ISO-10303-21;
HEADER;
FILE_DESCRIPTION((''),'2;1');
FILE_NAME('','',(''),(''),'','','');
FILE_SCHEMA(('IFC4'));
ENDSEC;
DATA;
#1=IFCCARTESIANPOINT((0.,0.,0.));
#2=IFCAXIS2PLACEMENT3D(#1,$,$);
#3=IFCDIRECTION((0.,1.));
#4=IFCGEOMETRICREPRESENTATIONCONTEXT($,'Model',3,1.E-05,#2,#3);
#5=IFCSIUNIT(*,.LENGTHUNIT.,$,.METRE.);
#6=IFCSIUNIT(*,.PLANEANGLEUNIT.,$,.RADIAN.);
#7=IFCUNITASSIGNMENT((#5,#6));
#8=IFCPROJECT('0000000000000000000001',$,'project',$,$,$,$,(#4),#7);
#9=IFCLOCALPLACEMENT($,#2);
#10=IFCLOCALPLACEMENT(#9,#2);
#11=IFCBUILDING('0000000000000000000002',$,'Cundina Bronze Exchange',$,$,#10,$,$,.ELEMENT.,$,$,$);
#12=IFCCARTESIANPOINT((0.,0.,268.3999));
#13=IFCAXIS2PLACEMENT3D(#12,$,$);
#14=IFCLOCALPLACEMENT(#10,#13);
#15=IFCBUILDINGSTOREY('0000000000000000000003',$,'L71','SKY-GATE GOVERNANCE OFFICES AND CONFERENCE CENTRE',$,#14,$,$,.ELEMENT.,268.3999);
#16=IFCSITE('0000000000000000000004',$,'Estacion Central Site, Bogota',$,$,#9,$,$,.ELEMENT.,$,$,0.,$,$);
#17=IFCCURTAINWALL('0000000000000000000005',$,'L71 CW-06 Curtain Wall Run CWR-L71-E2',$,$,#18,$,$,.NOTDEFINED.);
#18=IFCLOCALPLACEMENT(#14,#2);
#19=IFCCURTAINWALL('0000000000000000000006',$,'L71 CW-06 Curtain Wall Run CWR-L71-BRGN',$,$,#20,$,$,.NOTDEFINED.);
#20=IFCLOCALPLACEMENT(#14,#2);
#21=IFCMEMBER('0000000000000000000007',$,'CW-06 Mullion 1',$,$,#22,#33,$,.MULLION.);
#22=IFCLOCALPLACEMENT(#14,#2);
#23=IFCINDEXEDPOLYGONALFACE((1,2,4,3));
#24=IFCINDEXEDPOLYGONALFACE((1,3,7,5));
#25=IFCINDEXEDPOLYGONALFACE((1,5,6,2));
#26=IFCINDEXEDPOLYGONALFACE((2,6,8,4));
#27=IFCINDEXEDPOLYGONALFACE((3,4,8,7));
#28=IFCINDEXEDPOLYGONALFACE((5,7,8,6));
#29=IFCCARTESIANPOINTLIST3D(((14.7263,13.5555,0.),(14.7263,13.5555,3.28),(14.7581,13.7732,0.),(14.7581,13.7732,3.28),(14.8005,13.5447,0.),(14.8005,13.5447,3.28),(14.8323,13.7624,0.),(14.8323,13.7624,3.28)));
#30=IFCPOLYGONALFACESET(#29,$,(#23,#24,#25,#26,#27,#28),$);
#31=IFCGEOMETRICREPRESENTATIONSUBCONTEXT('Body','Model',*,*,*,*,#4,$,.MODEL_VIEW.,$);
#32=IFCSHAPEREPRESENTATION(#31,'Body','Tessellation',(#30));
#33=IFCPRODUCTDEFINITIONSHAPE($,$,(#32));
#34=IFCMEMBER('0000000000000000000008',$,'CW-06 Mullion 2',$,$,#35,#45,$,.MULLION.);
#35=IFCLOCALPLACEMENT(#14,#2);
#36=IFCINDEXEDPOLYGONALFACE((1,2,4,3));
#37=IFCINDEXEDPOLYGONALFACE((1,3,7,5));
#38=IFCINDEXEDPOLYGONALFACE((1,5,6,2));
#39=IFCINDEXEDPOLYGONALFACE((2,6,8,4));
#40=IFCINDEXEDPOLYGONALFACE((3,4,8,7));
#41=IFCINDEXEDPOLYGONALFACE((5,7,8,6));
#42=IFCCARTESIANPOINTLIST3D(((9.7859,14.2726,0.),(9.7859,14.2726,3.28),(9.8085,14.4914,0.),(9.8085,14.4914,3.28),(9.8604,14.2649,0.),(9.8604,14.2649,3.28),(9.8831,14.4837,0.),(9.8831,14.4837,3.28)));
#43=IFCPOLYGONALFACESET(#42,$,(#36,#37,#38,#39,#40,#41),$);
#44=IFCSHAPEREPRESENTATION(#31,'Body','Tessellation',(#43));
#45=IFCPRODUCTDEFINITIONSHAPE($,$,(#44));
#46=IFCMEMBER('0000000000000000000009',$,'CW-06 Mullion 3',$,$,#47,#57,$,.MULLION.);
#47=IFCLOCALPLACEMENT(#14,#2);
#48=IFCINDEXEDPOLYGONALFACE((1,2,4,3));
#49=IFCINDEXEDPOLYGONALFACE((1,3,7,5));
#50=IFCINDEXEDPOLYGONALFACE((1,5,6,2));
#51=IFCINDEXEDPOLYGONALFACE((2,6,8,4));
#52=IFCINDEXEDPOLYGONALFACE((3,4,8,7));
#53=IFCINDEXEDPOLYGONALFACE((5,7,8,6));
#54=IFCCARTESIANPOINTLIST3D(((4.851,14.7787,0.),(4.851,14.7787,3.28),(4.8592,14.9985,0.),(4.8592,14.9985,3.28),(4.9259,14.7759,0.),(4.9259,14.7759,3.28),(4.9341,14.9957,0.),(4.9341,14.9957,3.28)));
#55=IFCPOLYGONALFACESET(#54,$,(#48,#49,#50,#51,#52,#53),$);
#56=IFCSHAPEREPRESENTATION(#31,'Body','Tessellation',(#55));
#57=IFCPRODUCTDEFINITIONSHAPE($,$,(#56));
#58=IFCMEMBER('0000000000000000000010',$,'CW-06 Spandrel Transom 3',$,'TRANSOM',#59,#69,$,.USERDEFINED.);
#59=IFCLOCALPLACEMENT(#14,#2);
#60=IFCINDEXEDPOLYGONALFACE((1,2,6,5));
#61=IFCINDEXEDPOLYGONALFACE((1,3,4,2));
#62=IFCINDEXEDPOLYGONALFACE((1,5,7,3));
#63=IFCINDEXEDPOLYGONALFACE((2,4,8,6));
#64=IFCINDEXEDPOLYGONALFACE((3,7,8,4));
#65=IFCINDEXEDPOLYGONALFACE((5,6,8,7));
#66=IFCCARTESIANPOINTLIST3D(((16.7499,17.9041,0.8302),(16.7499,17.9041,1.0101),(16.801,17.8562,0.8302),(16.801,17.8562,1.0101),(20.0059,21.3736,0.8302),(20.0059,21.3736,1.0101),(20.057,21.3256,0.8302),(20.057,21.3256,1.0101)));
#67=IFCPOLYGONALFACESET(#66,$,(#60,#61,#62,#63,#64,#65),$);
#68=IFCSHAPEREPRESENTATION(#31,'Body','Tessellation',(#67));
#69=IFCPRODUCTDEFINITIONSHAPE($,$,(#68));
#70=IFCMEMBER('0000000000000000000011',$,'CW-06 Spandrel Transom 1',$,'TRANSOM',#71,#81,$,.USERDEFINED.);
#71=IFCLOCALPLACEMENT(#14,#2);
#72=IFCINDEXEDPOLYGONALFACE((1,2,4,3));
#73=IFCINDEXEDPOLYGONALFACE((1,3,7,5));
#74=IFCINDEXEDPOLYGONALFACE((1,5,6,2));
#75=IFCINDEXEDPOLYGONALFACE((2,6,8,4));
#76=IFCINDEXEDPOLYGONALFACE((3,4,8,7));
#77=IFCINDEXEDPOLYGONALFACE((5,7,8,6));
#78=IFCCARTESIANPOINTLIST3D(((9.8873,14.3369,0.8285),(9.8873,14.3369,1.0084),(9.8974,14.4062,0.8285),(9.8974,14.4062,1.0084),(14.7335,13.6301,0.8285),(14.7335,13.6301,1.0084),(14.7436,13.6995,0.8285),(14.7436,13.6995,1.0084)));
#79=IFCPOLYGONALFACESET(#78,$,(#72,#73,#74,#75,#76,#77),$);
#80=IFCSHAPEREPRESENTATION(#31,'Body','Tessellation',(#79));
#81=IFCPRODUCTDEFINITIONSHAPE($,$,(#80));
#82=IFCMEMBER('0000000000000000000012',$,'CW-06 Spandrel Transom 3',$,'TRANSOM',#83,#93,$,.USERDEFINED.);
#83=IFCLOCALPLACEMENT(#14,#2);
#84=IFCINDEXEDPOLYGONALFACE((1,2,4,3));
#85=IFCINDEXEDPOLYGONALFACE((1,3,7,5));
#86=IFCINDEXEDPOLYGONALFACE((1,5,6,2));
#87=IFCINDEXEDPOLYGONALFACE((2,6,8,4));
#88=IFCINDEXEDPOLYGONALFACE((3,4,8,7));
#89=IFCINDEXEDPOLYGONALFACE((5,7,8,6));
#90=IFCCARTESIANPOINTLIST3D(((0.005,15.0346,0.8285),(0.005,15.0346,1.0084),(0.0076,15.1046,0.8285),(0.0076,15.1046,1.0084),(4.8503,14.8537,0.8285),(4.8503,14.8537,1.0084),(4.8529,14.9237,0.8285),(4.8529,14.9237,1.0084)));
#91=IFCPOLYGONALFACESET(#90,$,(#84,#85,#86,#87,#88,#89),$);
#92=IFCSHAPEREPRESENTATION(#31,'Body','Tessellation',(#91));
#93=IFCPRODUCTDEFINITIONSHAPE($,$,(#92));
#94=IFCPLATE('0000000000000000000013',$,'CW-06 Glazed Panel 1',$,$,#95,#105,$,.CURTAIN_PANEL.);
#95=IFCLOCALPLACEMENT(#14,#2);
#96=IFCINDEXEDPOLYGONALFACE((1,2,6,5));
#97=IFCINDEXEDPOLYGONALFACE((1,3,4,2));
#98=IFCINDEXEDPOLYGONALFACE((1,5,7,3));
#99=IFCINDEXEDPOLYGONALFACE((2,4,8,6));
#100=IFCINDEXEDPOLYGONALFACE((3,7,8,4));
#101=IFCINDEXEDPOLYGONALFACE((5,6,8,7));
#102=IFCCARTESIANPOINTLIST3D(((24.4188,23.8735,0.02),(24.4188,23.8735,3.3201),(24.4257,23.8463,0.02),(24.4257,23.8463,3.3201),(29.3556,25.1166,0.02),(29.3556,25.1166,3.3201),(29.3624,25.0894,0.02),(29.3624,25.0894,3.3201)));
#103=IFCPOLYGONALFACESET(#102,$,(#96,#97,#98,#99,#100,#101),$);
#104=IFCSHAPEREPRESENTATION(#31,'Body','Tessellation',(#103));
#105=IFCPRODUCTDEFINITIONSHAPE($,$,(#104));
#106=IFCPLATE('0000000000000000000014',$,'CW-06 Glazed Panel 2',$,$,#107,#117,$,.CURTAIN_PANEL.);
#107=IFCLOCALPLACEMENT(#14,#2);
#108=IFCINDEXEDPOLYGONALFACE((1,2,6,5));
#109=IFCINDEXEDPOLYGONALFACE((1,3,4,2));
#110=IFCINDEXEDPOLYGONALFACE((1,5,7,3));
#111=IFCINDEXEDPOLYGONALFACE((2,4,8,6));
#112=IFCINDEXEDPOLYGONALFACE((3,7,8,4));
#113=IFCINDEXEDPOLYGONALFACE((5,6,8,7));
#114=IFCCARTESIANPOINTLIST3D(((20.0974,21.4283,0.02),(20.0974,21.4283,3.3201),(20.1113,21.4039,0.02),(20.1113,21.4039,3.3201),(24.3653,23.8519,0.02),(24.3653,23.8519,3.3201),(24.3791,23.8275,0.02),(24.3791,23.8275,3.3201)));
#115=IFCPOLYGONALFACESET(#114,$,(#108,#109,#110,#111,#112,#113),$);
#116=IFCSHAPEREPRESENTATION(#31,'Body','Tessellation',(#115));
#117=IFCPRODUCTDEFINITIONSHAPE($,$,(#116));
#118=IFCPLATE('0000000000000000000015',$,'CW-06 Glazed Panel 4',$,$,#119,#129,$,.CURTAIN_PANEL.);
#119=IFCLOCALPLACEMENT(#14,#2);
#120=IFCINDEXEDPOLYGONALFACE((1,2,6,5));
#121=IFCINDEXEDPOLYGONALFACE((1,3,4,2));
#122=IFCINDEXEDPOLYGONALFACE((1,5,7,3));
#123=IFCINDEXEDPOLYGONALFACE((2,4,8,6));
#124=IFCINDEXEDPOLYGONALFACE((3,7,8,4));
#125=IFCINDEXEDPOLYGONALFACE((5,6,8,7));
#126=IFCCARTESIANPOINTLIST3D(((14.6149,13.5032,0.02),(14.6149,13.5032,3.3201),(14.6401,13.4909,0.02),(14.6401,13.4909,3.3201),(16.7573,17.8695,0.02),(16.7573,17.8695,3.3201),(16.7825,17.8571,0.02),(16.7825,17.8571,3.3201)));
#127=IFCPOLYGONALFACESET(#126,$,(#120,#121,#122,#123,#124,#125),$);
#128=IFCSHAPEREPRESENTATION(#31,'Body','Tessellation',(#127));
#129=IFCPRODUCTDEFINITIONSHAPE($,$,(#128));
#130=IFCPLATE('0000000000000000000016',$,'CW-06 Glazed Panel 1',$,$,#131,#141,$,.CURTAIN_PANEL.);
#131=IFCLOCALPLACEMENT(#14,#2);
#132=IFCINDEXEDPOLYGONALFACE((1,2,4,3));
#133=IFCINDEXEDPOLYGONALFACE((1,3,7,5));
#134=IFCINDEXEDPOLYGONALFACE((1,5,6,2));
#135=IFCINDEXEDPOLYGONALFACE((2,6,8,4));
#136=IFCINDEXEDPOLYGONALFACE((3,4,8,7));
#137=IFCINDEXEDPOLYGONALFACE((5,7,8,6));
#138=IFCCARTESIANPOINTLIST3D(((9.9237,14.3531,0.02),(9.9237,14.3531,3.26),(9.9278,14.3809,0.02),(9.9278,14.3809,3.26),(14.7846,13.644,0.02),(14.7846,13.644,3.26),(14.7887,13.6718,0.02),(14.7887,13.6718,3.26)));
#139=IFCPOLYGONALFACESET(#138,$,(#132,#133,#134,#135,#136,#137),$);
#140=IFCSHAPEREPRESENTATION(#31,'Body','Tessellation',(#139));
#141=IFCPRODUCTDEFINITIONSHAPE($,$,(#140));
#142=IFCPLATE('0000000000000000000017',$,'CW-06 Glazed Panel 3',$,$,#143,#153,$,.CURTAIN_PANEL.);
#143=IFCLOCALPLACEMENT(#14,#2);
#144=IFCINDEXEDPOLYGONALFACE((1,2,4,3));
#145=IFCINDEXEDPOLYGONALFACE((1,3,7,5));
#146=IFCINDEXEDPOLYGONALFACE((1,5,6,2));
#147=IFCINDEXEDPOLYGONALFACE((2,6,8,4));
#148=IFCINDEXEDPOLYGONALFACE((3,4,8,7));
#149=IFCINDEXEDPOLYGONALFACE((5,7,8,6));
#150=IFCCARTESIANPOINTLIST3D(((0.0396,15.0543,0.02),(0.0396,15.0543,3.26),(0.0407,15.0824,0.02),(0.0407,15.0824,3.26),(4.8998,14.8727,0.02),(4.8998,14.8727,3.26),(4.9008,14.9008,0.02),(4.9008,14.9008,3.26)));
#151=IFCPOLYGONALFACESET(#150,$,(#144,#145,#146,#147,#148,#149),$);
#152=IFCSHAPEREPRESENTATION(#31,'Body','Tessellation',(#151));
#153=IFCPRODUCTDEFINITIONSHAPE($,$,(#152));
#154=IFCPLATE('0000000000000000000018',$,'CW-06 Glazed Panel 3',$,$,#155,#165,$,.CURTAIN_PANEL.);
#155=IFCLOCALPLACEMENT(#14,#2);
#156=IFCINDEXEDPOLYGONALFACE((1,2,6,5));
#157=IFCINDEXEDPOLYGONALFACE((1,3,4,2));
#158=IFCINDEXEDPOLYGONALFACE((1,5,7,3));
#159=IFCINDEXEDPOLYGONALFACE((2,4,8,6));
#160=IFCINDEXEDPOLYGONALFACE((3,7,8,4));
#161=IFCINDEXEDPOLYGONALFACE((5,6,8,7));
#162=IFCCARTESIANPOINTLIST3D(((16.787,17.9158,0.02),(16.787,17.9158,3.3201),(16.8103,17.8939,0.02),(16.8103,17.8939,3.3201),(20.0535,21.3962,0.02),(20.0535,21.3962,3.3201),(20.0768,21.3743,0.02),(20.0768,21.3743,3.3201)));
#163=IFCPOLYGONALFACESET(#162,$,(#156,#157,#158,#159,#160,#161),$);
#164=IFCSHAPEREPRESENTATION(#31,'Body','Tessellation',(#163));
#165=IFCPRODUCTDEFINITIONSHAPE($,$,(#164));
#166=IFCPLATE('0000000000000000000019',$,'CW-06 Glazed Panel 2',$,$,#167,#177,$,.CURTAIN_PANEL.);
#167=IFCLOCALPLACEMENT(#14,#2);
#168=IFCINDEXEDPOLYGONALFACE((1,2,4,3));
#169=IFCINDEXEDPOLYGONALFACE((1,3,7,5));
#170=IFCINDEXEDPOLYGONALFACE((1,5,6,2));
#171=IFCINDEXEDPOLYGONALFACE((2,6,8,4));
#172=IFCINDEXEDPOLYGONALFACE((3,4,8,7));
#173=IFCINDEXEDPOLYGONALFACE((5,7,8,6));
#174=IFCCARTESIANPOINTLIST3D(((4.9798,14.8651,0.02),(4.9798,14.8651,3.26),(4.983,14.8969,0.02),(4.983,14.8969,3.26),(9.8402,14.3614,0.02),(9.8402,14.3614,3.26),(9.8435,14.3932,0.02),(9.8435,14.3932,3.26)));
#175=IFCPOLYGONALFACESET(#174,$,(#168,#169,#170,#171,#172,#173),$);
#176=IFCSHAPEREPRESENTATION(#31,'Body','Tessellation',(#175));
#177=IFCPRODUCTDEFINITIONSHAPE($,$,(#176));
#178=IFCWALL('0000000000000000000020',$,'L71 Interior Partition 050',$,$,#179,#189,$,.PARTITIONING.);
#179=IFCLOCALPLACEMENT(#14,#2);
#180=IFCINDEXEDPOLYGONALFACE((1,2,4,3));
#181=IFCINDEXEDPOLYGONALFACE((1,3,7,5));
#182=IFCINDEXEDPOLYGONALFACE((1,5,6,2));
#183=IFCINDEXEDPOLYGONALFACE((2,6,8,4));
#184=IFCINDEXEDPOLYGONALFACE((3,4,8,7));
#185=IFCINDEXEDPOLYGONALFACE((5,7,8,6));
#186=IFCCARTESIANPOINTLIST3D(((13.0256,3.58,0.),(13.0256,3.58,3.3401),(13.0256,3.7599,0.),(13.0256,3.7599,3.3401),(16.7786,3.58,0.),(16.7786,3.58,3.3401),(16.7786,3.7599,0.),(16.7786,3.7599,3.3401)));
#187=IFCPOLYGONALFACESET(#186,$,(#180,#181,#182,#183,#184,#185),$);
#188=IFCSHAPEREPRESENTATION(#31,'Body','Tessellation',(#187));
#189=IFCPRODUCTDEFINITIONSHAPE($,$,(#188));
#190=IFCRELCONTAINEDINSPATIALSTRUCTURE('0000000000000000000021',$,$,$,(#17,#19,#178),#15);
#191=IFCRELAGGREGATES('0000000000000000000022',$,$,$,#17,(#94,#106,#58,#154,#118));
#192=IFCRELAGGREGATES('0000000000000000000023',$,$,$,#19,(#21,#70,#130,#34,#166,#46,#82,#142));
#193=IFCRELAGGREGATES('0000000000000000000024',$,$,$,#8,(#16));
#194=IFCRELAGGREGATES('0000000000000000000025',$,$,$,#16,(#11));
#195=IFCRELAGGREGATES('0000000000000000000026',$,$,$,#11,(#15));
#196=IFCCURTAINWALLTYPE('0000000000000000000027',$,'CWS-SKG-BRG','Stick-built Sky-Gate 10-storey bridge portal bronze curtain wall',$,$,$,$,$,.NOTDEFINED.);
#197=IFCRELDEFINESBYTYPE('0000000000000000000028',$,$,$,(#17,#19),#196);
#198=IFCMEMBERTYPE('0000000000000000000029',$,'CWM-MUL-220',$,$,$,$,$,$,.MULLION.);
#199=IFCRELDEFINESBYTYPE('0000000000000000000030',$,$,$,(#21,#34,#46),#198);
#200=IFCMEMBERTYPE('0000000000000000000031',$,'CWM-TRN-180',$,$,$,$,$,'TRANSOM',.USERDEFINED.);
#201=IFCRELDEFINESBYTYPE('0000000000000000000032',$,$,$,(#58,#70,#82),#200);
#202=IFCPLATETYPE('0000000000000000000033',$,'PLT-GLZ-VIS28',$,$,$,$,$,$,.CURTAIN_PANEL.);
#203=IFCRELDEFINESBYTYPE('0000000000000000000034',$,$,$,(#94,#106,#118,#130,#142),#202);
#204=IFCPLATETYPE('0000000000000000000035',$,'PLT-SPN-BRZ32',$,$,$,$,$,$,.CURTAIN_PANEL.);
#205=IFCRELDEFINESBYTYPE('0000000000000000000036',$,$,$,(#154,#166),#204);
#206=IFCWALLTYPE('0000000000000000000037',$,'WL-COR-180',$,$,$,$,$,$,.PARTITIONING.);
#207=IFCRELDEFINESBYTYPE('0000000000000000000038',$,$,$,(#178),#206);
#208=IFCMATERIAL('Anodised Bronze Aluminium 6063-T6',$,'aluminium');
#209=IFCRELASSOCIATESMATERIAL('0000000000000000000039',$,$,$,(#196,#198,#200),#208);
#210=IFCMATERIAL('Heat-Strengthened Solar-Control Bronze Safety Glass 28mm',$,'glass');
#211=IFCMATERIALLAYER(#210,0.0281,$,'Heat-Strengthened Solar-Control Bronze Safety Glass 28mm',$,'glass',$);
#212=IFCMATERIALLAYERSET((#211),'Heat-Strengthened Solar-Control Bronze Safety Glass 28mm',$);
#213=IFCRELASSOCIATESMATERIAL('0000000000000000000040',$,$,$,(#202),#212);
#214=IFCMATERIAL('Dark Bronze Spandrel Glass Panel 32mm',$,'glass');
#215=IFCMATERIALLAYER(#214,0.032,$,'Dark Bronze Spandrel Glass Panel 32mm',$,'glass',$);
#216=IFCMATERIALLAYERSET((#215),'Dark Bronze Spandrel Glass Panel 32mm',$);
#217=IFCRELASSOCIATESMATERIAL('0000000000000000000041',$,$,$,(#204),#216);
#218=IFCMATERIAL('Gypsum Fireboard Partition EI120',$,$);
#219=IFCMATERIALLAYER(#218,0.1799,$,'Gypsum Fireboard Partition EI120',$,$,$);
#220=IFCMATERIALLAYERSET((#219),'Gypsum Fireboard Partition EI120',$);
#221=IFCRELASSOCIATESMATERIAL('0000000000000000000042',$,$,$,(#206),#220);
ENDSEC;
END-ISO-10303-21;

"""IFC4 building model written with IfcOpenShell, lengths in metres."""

from ifc_helpers import new_model, si_unit, direction, frame, frame_2d, origin, origin_2d, place, context, subcontext, project, spatial, rectangle, extrude, material, layer, layer_set, material_profile, profile_set, type_object, element, aggregate, save


model = new_model("IFC4")

# Units and contexts
model_context = context("Model", 3, precision=1e-05, world=origin(), true_north=direction((0.0, 1.0)))
body_context = subcontext(model_context, "Body", "Model", "MODEL_VIEW")
ifc_project = project(units=[si_unit("LENGTHUNIT", "METRE"), si_unit("PLANEANGLEUNIT", "RADIAN")], contexts=[model_context])

# Site, building, storey
site_placement = place(None, origin())
site = spatial("IfcSite", under=ifc_project, at=site_placement, Name="Estacion Central Site, Bogota", CompositionType="ELEMENT", RefElevation=0.0)
building_placement = place(site_placement, origin())
building = spatial("IfcBuilding", under=site, at=building_placement, Name="Cundina Bronze Exchange", CompositionType="ELEMENT")
storey_placement = place(building_placement, frame((0.0, 0.0, 268.3999)))
storey = spatial("IfcBuildingStorey", under=building, at=storey_placement, Name="L71", Description="SKY-GATE GOVERNANCE OFFICES AND CONFERENCE CENTRE", CompositionType="ELEMENT", Elevation=268.3999)

# Curtain walls, members
ifc_material_1 = material(Name="Anodised Bronze Aluminium 6063-T6", Category="aluminium")
curtain_wall_type = type_object("IfcCurtainWallType", Name="CWS-SKG-BRG", Description="Stick-built Sky-Gate 10-storey bridge portal bronze curtain wall", PredefinedType="NOTDEFINED", material=ifc_material_1)
curtain_wall_1_placement = place(storey_placement, origin())
curtain_wall_1 = element("IfcCurtainWall", 1, at=curtain_wall_1_placement, inside=storey, type_object=curtain_wall_type, Name="L71 CW-06 Curtain Wall Run CWR-L71-E2", PredefinedType="NOTDEFINED")
ifc_material_profile_1 = material_profile(ifc_material_1, rectangle(XDim=0.075, YDim=0.22, at=origin_2d()), Name="AL75X220", Category="aluminium")
ifc_profile_set_1 = profile_set([ifc_material_profile_1], Name="Anodised Bronze Aluminium 6063-T6")
member_type_1 = type_object("IfcMemberType", Name="CWM-MUL-220", PredefinedType="MULLION", material=ifc_profile_set_1)
curtain_wall_2_placement = place(storey_placement, origin())
curtain_wall_2 = element("IfcCurtainWall", 2, at=curtain_wall_2_placement, inside=storey, type_object=curtain_wall_type, Name="L71 CW-06 Curtain Wall Run CWR-L71-BRGN", PredefinedType="NOTDEFINED")
member_1_placement = place(storey_placement, frame((14.7793, 13.6589, 0.0), z_axis=(0.0, 0.0, 1.0), x_axis=(-0.989526, 0.144356, 0.0)))
member_1 = element("IfcMember", 3, at=member_1_placement, type_object=member_type_1, Name="CW-06 Mullion 1", PredefinedType="MULLION", context=body_context, shape_type="SweptSolid", body=[
    extrude(rectangle(XDim=0.075, YDim=0.22, at=origin_2d()), origin(), (0.0, 0.0, 1.0), 3.28),
])
member_2_placement = place(storey_placement, frame((9.8345, 14.3782, 0.0), z_axis=(0.0, 0.0, 1.0), x_axis=(-0.994667, 0.10314, 0.0)))
member_2 = element("IfcMember", 4, at=member_2_placement, type_object=member_type_1, Name="CW-06 Mullion 2", PredefinedType="MULLION", context=body_context, shape_type="SweptSolid", body=[
    extrude(rectangle(XDim=0.075, YDim=0.22, at=origin_2d()), origin(), (0.0, 0.0, 1.0), 3.28),
])
member_3_placement = place(storey_placement, frame((4.8926, 14.8872, 0.0), z_axis=(0.0, 0.0, 1.0), x_axis=(-0.999303, 0.037341, 0.0)))
member_3 = element("IfcMember", 5, at=member_3_placement, type_object=member_type_1, Name="CW-06 Mullion 3", PredefinedType="MULLION", context=body_context, shape_type="SweptSolid", body=[
    extrude(rectangle(XDim=0.075, YDim=0.22, at=origin_2d()), origin(), (0.0, 0.0, 1.0), 3.28),
])

# Members
ifc_material_profile_2 = material_profile(ifc_material_1, rectangle(XDim=0.0701, YDim=0.1799, at=origin_2d()), Name="AL70X180", Category="aluminium")
ifc_profile_set_2 = profile_set([ifc_material_profile_2], Name="Anodised Bronze Aluminium 6063-T6")
member_type_2 = type_object("IfcMemberType", Name="CWM-TRN-180", ElementType="TRANSOM", PredefinedType="USERDEFINED", material=ifc_profile_set_2)
member_4_placement = place(storey_placement, frame((20.0315, 21.3496, 0.9202), z_axis=(-0.684328, -0.729174, 0.0), x_axis=(0.729174, -0.684328, 0.0)))
member_4 = element("IfcMember", 6, at=member_4_placement, type_object=member_type_2, Name="CW-06 Spandrel Transom 3", ObjectType="TRANSOM", PredefinedType="USERDEFINED", context=body_context, shape_type="SweptSolid", body=[
    extrude(rectangle(XDim=0.0701, YDim=0.1799, at=origin_2d()), origin(), (0.0, 0.0, 1.0), 4.7581),
])
member_5_placement = place(storey_placement, frame((14.7385, 13.6648, 0.9185), z_axis=(-0.989531, 0.144317, 0.0), x_axis=(-0.144317, -0.989531, 0.0)))
member_5 = element("IfcMember", 7, at=member_5_placement, type_object=member_type_2, Name="CW-06 Spandrel Transom 1", ObjectType="TRANSOM", PredefinedType="USERDEFINED", context=body_context, shape_type="SweptSolid", body=[
    extrude(rectangle(XDim=0.0701, YDim=0.1799, at=origin_2d()), origin(), (0.0, 0.0, 1.0), 4.8975),
])
member_6_placement = place(storey_placement, frame((4.8516, 14.8887, 0.9185), z_axis=(-0.999304, 0.037312, 0.0), x_axis=(-0.037312, -0.999304, 0.0)))
member_6 = element("IfcMember", 8, at=member_6_placement, type_object=member_type_2, Name="CW-06 Spandrel Transom 3", ObjectType="TRANSOM", PredefinedType="USERDEFINED", context=body_context, shape_type="SweptSolid", body=[
    extrude(rectangle(XDim=0.0701, YDim=0.1799, at=origin_2d()), origin(), (0.0, 0.0, 1.0), 4.8486),
])

# Plates
ifc_material_2 = material(Name="Heat-Strengthened Solar-Control Bronze Safety Glass 28mm", Category="glass")
ifc_layer_1 = layer(ifc_material_2, 0.0281, Name="Heat-Strengthened Solar-Control Bronze Safety Glass 28mm", Category="glass")
ifc_layer_set_1 = layer_set([ifc_layer_1], Name="Heat-Strengthened Solar-Control Bronze Safety Glass 28mm")
plate_type_1 = type_object("IfcPlateType", Name="PLT-GLZ-VIS28", PredefinedType="CURTAIN_PANEL", material=ifc_layer_set_1)
plate_1_placement = place(storey_placement, frame((26.8906, 24.4814, 0.02), z_axis=(0.0, 0.0, 1.0), x_axis=(-0.969732, -0.244174, 0.0)))
plate_1 = element("IfcPlate", 9, at=plate_1_placement, type_object=plate_type_1, Name="CW-06 Glazed Panel 1", PredefinedType="CURTAIN_PANEL", context=body_context, shape_type="SweptSolid", body=[
    extrude(rectangle(XDim=5.0908, YDim=0.0281, at=origin_2d()), origin(), (0.0, 0.0, 1.0), 3.3),
])
plate_2_placement = place(storey_placement, frame((22.2383, 22.6279, 0.02), z_axis=(0.0, 0.0, 1.0), x_axis=(-0.869573, -0.493805, 0.0)))
plate_2 = element("IfcPlate", 10, at=plate_2_placement, type_object=plate_type_1, Name="CW-06 Glazed Panel 2", PredefinedType="CURTAIN_PANEL", context=body_context, shape_type="SweptSolid", body=[
    extrude(rectangle(XDim=4.908, YDim=0.0281, at=origin_2d()), origin(), (0.0, 0.0, 1.0), 3.3),
])
plate_3_placement = place(storey_placement, frame((15.6987, 15.6802, 0.02), z_axis=(0.0, 0.0, 1.0), x_axis=(-0.440503, -0.897751, 0.0)))
plate_3 = element("IfcPlate", 11, at=plate_3_placement, type_object=plate_type_1, Name="CW-06 Glazed Panel 4", PredefinedType="CURTAIN_PANEL", context=body_context, shape_type="SweptSolid", body=[
    extrude(rectangle(XDim=4.8635, YDim=0.0281, at=origin_2d()), origin(), (0.0, 0.0, 1.0), 3.3),
])
plate_4_placement = place(storey_placement, frame((12.3562, 14.0125, 0.02), z_axis=(0.0, 0.0, 1.0), x_axis=(-0.989528, 0.144339, 0.0)))
plate_4 = element("IfcPlate", 12, at=plate_4_placement, type_object=plate_type_1, Name="CW-06 Glazed Panel 1", PredefinedType="CURTAIN_PANEL", context=body_context, shape_type="SweptSolid", body=[
    extrude(rectangle(XDim=4.9124, YDim=0.0281, at=origin_2d()), origin(), (0.0, 0.0, 1.0), 3.24),
])
plate_5_placement = place(storey_placement, frame((2.4702, 14.9775, 0.02), z_axis=(0.0, 0.0, 1.0), x_axis=(-0.999303, 0.037341, 0.0)))
plate_5 = element("IfcPlate", 13, at=plate_5_placement, type_object=plate_type_1, Name="CW-06 Glazed Panel 3", PredefinedType="CURTAIN_PANEL", context=body_context, shape_type="SweptSolid", body=[
    extrude(rectangle(XDim=4.8635, YDim=0.0281, at=origin_2d()), origin(), (0.0, 0.0, 1.0), 3.24),
])
ifc_material_3 = material(Name="Dark Bronze Spandrel Glass Panel 32mm", Category="glass")
ifc_layer_2 = layer(ifc_material_3, 0.032, Name="Dark Bronze Spandrel Glass Panel 32mm", Category="glass")
ifc_layer_set_2 = layer_set([ifc_layer_2], Name="Dark Bronze Spandrel Glass Panel 32mm")
plate_type_2 = type_object("IfcPlateType", Name="PLT-SPN-BRZ32", PredefinedType="CURTAIN_PANEL", material=ifc_layer_set_2)
plate_6_placement = place(storey_placement, frame((18.4319, 19.645, 0.02), z_axis=(0.0, 0.0, 1.0), x_axis=(-0.684344, -0.72916, 0.0)))
plate_6 = element("IfcPlate", 14, at=plate_6_placement, type_object=plate_type_2, Name="CW-06 Glazed Panel 3", PredefinedType="CURTAIN_PANEL", context=body_context, shape_type="SweptSolid", body=[
    extrude(rectangle(XDim=4.7732, YDim=0.032, at=origin_2d()), origin(), (0.0, 0.0, 1.0), 3.3),
])
aggregate(curtain_wall_1, [plate_1, plate_2, member_4, plate_6, plate_3])
plate_7_placement = place(storey_placement, frame((7.4116, 14.6292, 0.02), z_axis=(0.0, 0.0, 1.0), x_axis=(-0.994672, 0.103088, 0.0)))
plate_7 = element("IfcPlate", 15, at=plate_7_placement, type_object=plate_type_2, Name="CW-06 Glazed Panel 2", PredefinedType="CURTAIN_PANEL", context=body_context, shape_type="SweptSolid", body=[
    extrude(rectangle(XDim=4.8865, YDim=0.032, at=origin_2d()), origin(), (0.0, 0.0, 1.0), 3.24),
])
aggregate(curtain_wall_2, [member_1, member_5, plate_4, member_2, plate_7, member_3, member_6, plate_5])

# Wall
ifc_material_4 = material(Name="Gypsum Fireboard Partition EI120")
ifc_layer_3 = layer(ifc_material_4, 0.1799, Name="Gypsum Fireboard Partition EI120")
ifc_layer_set_3 = layer_set([ifc_layer_3], Name="Gypsum Fireboard Partition EI120")
wall_type = type_object("IfcWallType", Name="WL-COR-180", PredefinedType="PARTITIONING", material=ifc_layer_set_3)
wall_1_placement = place(storey_placement, frame((16.7786, 3.6699, 0.0), z_axis=(0.0, 0.0, 1.0), x_axis=(-1.0, 0.0, 0.0)))
element("IfcWall", 16, at=wall_1_placement, inside=storey, type_object=wall_type, Name="L71 Interior Partition 050", PredefinedType="PARTITIONING", context=body_context, shape_type="SweptSolid", body=[
    extrude(rectangle(XDim=3.7529, YDim=0.1799, at=frame_2d((1.8765, 0.0))), origin(), (0.0, 0.0, 1.0), 3.3401),
])

save(model, "model.ifc")
